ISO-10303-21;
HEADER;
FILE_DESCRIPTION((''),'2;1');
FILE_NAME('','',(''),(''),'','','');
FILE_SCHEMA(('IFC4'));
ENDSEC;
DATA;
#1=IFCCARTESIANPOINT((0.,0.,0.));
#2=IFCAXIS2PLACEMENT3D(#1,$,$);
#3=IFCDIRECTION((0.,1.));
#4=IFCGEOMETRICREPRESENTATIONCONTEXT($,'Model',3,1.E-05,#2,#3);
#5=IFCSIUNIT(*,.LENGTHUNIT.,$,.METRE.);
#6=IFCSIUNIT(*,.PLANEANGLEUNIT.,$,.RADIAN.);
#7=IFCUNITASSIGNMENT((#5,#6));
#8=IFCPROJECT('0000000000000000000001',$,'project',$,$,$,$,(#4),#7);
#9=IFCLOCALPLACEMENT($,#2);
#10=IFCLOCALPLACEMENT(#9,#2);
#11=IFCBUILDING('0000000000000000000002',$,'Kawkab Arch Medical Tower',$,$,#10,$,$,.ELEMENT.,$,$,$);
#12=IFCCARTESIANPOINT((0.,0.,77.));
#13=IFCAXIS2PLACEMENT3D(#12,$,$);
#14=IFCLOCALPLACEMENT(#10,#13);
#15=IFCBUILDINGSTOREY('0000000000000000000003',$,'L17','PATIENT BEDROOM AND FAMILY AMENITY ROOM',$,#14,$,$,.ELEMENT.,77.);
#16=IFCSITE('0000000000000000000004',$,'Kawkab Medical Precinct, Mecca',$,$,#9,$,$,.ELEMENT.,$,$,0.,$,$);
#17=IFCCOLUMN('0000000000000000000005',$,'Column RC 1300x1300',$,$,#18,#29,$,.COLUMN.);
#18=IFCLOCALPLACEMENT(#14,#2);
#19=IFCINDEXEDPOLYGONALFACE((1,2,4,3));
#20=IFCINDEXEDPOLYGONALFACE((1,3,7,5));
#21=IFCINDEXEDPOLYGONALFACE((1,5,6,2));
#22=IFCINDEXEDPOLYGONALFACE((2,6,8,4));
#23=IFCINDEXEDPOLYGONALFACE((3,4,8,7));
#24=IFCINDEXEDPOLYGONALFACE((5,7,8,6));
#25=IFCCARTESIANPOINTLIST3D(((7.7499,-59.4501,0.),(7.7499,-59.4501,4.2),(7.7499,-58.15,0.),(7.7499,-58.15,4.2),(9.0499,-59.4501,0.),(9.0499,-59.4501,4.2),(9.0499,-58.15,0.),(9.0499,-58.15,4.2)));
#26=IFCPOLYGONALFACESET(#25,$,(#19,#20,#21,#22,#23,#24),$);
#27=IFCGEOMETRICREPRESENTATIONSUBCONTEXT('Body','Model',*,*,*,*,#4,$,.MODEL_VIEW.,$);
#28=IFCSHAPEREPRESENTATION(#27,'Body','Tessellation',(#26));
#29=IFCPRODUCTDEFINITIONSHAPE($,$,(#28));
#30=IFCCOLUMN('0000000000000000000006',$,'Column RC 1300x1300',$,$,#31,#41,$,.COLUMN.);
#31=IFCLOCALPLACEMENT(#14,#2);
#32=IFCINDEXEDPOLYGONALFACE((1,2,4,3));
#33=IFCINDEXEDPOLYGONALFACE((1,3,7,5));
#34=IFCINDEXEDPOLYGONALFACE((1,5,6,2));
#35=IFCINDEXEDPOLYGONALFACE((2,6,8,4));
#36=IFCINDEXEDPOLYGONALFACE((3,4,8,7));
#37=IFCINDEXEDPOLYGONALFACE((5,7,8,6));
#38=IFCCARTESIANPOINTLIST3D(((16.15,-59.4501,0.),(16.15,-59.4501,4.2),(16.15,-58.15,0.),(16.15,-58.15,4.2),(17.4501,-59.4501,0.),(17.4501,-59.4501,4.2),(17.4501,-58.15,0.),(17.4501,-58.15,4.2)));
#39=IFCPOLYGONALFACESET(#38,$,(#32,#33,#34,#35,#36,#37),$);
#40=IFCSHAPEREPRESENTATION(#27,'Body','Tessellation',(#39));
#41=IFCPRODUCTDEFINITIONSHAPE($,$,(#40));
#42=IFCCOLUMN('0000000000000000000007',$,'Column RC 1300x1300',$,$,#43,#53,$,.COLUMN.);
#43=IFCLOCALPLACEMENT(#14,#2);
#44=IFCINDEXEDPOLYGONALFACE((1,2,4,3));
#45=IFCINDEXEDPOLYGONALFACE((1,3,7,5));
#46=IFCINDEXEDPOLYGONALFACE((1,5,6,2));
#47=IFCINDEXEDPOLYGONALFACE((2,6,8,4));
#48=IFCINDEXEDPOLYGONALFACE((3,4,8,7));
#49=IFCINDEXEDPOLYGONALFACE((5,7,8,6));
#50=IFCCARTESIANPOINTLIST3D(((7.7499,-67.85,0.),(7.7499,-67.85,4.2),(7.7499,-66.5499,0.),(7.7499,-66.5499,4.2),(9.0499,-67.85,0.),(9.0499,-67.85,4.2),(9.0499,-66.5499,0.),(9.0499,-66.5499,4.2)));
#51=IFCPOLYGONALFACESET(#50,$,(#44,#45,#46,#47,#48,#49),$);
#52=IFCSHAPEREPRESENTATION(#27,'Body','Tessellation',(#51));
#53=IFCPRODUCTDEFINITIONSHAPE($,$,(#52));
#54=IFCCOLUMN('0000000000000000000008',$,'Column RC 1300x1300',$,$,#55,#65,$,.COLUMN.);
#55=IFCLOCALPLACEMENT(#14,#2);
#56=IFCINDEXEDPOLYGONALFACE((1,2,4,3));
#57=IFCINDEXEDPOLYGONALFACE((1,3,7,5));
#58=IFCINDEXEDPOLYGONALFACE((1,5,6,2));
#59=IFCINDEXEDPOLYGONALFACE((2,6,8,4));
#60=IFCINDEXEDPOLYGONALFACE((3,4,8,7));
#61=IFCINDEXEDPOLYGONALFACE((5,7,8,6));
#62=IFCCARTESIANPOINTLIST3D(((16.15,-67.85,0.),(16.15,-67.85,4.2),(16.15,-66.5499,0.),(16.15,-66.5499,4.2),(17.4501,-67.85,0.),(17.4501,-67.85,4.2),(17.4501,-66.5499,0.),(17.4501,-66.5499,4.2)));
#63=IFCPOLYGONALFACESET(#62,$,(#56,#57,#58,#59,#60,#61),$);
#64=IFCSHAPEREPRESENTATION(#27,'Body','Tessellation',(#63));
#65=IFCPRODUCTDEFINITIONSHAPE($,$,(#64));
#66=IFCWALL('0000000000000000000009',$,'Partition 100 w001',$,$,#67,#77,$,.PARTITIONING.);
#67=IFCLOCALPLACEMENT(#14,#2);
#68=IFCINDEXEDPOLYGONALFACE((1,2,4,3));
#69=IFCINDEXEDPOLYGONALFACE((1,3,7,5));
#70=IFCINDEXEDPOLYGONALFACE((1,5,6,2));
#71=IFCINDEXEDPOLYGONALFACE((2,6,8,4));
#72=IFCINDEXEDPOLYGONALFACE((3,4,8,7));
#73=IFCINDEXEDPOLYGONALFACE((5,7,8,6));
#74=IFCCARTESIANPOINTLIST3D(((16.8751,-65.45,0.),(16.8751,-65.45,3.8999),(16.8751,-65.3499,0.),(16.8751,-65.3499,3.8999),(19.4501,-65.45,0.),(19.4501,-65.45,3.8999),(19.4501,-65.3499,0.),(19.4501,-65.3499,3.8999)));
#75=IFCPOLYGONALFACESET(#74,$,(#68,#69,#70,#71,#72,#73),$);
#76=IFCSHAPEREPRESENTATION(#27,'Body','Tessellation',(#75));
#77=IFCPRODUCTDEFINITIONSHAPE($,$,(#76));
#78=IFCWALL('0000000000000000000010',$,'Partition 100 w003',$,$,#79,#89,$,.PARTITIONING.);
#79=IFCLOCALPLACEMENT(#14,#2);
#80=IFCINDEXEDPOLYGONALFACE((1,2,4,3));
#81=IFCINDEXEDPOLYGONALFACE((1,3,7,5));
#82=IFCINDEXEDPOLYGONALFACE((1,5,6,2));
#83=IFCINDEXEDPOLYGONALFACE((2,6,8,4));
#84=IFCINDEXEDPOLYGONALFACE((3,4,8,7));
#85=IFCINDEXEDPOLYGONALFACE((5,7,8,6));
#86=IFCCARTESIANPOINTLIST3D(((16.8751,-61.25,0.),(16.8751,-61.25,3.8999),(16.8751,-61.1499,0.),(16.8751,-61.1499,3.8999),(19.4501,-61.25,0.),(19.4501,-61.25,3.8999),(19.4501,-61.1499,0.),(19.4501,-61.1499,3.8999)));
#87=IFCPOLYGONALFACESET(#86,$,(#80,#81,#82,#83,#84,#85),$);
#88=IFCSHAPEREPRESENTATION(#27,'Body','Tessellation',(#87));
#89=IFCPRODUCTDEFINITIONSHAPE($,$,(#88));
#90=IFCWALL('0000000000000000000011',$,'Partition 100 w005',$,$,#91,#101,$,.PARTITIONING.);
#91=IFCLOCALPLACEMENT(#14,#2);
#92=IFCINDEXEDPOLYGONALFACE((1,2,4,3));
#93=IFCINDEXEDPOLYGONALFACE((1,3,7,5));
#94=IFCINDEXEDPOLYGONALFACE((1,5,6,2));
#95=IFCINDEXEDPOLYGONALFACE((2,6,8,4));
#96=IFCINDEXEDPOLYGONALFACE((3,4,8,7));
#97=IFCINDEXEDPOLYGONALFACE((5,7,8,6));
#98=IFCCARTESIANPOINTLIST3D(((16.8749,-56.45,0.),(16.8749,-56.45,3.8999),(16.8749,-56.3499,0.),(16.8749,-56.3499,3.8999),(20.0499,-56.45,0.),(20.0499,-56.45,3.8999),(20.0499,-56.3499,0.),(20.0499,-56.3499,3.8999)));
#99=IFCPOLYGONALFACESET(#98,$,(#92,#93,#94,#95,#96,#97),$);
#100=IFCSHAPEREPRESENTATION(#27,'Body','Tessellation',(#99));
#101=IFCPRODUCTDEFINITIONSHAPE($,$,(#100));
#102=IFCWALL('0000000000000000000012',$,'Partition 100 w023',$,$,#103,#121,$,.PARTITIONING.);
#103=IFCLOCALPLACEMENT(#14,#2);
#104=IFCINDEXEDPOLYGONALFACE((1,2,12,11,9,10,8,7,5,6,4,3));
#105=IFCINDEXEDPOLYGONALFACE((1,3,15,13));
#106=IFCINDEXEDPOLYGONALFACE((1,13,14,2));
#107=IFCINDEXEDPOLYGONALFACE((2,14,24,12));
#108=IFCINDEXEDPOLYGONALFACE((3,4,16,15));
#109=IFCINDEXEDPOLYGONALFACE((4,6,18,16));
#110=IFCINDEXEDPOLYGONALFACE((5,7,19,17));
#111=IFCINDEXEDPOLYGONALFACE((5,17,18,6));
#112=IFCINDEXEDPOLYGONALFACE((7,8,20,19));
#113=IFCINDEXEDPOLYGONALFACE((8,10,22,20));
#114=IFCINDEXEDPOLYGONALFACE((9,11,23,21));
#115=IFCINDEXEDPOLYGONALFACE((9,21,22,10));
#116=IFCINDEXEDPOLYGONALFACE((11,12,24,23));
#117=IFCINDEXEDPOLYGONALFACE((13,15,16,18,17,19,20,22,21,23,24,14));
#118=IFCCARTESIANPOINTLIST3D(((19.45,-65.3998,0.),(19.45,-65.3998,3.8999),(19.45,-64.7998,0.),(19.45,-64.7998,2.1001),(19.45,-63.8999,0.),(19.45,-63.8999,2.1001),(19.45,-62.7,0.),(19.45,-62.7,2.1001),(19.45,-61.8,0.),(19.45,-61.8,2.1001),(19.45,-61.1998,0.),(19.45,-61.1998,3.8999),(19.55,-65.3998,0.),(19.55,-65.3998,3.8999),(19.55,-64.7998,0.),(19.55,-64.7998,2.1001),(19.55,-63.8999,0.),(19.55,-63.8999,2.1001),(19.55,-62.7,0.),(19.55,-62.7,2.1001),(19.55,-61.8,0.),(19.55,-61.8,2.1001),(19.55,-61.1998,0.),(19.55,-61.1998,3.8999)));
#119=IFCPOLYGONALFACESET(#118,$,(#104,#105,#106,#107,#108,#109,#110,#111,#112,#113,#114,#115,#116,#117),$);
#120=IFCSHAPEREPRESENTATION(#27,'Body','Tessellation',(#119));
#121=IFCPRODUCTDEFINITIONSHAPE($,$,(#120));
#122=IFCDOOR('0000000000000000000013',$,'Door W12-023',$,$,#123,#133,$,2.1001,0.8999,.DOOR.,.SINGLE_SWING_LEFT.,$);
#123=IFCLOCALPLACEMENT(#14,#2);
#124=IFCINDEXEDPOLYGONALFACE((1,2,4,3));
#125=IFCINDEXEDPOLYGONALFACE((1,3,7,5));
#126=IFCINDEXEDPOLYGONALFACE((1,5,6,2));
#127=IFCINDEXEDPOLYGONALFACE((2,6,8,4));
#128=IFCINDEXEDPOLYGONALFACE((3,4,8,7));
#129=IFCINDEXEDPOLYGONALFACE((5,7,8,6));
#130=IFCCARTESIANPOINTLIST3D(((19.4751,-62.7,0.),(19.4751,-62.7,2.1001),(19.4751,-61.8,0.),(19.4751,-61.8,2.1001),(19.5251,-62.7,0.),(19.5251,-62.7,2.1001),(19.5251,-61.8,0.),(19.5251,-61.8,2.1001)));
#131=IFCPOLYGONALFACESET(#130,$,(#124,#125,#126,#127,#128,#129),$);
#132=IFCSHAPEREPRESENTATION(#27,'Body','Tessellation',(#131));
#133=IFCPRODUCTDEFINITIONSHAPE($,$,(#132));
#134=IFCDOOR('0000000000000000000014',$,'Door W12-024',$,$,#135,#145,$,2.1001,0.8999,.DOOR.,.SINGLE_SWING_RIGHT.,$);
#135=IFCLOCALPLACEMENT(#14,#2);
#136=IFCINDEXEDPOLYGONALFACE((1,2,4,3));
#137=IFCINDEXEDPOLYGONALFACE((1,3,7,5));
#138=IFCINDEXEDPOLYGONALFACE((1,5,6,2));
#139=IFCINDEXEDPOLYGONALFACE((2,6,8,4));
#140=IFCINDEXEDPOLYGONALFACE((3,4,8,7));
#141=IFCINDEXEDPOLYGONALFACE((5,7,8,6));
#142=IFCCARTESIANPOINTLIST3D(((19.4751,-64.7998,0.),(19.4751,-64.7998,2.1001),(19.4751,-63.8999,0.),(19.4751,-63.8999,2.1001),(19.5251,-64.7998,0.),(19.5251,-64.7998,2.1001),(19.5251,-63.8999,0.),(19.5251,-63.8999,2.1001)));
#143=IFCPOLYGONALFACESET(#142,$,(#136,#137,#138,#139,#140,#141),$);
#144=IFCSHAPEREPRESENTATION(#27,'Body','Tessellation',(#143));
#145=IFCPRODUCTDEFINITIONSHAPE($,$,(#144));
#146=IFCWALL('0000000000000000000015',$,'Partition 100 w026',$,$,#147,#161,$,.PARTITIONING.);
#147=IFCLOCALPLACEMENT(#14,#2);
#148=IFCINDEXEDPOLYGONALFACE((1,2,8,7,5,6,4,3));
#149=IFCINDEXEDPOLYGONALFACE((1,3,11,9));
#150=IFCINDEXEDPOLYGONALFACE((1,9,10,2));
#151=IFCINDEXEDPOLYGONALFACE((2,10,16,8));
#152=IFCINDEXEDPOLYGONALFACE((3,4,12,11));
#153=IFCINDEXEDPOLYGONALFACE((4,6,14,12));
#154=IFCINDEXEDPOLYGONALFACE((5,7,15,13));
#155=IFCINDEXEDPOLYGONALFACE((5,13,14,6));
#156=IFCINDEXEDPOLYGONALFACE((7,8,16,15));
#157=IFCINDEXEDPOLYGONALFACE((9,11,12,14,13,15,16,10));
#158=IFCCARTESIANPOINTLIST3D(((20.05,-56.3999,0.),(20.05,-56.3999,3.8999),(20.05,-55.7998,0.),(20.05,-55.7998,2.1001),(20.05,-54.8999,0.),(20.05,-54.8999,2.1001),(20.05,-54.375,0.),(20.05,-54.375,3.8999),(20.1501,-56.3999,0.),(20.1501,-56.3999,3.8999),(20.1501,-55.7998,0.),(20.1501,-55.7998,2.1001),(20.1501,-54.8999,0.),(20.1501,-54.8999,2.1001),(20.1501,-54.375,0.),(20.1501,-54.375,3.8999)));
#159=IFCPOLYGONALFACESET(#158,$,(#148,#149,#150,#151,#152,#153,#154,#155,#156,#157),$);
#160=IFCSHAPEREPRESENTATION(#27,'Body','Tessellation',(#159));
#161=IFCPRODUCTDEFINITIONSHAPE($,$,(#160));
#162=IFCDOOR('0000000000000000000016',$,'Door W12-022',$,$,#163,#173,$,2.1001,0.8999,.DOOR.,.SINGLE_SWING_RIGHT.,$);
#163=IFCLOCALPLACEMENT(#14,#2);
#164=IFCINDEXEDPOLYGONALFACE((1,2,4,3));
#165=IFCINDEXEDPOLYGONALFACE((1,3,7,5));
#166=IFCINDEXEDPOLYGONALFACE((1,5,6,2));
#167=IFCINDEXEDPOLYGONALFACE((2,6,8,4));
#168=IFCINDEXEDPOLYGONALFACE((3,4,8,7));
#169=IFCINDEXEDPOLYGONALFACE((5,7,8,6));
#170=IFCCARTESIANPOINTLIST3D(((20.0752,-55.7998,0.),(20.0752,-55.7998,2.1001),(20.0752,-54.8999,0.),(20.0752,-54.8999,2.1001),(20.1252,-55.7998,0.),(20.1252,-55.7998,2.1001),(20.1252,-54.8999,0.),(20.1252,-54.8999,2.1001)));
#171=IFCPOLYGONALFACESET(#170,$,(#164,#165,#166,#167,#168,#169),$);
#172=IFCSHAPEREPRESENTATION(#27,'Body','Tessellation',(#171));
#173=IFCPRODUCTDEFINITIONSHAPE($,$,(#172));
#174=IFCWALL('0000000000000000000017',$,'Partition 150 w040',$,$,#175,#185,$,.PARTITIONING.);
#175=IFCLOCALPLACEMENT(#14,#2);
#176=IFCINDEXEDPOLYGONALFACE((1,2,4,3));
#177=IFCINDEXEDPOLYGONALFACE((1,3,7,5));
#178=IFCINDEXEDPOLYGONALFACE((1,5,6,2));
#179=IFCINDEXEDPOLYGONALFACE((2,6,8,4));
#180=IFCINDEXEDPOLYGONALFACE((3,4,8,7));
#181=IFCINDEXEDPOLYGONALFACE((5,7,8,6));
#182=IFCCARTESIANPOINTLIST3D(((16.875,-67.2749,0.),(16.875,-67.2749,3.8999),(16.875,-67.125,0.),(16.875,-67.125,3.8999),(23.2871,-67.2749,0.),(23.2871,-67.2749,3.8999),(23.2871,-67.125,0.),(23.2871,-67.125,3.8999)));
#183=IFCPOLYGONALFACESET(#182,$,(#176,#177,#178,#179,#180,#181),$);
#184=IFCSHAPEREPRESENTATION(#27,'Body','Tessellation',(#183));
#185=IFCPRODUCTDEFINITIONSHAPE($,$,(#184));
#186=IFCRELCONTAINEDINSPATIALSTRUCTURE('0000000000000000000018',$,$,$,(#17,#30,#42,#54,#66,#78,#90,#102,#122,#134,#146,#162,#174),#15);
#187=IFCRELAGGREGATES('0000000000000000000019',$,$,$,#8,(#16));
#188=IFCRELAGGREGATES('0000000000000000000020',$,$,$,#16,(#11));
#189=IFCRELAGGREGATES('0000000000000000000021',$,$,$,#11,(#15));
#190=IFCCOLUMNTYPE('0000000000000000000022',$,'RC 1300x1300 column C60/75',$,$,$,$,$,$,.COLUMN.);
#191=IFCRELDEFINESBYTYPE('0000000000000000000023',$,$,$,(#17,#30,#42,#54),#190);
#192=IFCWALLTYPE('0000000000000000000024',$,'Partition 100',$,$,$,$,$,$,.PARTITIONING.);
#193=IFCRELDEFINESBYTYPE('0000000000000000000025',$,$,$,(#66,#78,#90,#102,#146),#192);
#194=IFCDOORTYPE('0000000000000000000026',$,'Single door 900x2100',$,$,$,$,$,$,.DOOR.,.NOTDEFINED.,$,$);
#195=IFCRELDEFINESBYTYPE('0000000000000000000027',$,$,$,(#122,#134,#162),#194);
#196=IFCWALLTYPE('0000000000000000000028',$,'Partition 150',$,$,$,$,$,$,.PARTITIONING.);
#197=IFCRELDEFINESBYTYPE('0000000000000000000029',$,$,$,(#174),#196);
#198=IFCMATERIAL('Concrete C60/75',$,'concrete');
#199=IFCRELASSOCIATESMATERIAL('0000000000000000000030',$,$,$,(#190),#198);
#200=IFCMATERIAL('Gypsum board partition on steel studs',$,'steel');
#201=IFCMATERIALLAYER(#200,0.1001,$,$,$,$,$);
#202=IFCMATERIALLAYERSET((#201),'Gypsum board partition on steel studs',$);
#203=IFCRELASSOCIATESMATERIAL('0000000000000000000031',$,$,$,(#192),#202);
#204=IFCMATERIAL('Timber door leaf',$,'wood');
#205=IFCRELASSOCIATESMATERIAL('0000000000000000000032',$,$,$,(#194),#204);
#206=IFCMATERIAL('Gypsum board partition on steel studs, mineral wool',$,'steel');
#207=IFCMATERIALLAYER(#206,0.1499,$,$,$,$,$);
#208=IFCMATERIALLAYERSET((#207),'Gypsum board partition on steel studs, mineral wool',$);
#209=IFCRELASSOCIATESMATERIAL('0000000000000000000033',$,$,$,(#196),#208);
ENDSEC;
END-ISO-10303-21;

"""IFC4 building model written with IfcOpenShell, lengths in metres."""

from ifc_helpers import new_model, si_unit, direction, frame, frame_2d, origin, origin_2d, place, context, subcontext, project, spatial, rectangle, extrude, material, layer, layer_set, material_profile, profile_set, type_object, element, fill, save


model = new_model("IFC4")

# Units and contexts
model_context = context("Model", 3, precision=1e-05, world=origin(), true_north=direction((0.0, 1.0)))
body_context = subcontext(model_context, "Body", "Model", "MODEL_VIEW")
ifc_project = project(units=[si_unit("LENGTHUNIT", "METRE"), si_unit("PLANEANGLEUNIT", "RADIAN")], contexts=[model_context])

# Site, building, storey
site_placement = place(None, origin())
site = spatial("IfcSite", under=ifc_project, at=site_placement, Name="Kawkab Medical Precinct, Mecca", CompositionType="ELEMENT", RefElevation=0.0)
building_placement = place(site_placement, origin())
building = spatial("IfcBuilding", under=site, at=building_placement, Name="Kawkab Arch Medical Tower", CompositionType="ELEMENT")
storey_placement = place(building_placement, frame((0.0, 0.0, 77.0)))
storey = spatial("IfcBuildingStorey", under=building, at=storey_placement, Name="L17", Description="PATIENT BEDROOM AND FAMILY AMENITY ROOM", CompositionType="ELEMENT", Elevation=77.0)

# Columns
ifc_material_1 = material(Name="Concrete C60/75", Category="concrete")
ifc_material_profile = material_profile(ifc_material_1, rectangle(XDim=1.3, YDim=1.3, at=origin_2d()), Name="RC 1300x1300")
ifc_profile_set = profile_set([ifc_material_profile], Name="Concrete C60/75")
column_type = type_object("IfcColumnType", Name="RC 1300x1300 column C60/75", PredefinedType="COLUMN", material=ifc_profile_set)
for number, where, z_axis, x_axis, name in (
    (1, (8.3999, -58.8, 0.0), (0.0, 0.0, 1.0), (1.0, 0.0, 0.0), "Column RC 1300x1300"),
    (2, (16.8, -58.8, 0.0), (0.0, 0.0, 1.0), (1.0, 0.0, 0.0), "Column RC 1300x1300"),
    (3, (8.3999, -67.2, 0.0), (0.0, 0.0, 1.0), (1.0, 0.0, 0.0), "Column RC 1300x1300"),
    (4, (16.8, -67.2, 0.0), (0.0, 0.0, 1.0), (1.0, 0.0, 0.0), "Column RC 1300x1300"),
):
    element("IfcColumn", number, at=place(storey_placement, frame(where, z_axis=z_axis, x_axis=x_axis)), inside=storey, type_object=column_type, Name=name, PredefinedType="COLUMN", context=body_context, shape_type="SweptSolid", body=[
        extrude(rectangle(XDim=1.3, YDim=1.3, at=origin_2d()), origin(), (0.0, 0.0, 1.0), 4.2),
    ])

# Walls
ifc_material_2 = material(Name="Gypsum board partition on steel studs", Category="steel")
ifc_layer_1 = layer(ifc_material_2, 0.1001)
ifc_layer_set_1 = layer_set([ifc_layer_1], Name="Gypsum board partition on steel studs")
wall_type_1 = type_object("IfcWallType", Name="Partition 100", PredefinedType="PARTITIONING", material=ifc_layer_set_1)
for number, where, z_axis, x_axis, name in (
    (5, (16.875, -65.3999, 0.0), (0.0, 0.0, 1.0), (1.0, 0.0, 0.0), "Partition 100 w001"),
    (6, (16.875, -61.2, 0.0), (0.0, 0.0, 1.0), (1.0, 0.0, 0.0), "Partition 100 w003"),
):
    element("IfcWall", number, at=place(storey_placement, frame(where, z_axis=z_axis, x_axis=x_axis)), inside=storey, type_object=wall_type_1, Name=name, PredefinedType="PARTITIONING", context=body_context, shape_type="SweptSolid", body=[
        extrude(rectangle(XDim=2.575, YDim=0.1001, at=frame_2d((1.2876, 0.0))), origin(), (0.0, 0.0, 1.0), 3.8999),
    ])
wall_1_placement = place(storey_placement, frame((16.875, -56.3999, 0.0), z_axis=(0.0, 0.0, 1.0), x_axis=(1.0, 0.0, 0.0)))
element("IfcWall", 7, at=wall_1_placement, inside=storey, type_object=wall_type_1, Name="Partition 100 w005", PredefinedType="PARTITIONING", context=body_context, shape_type="SweptSolid", body=[
    extrude(rectangle(XDim=3.175, YDim=0.1001, at=frame_2d((1.5874, 0.0))), origin(), (0.0, 0.0, 1.0), 3.8999),
])

# Wall, openings, doors
wall_2_placement = place(storey_placement, frame((19.5, -65.3999, 0.0), z_axis=(0.0, 0.0, 1.0), x_axis=(0.0, 1.0, 0.0)))
wall_2 = element("IfcWall", 8, at=wall_2_placement, inside=storey, type_object=wall_type_1, Name="Partition 100 w023", PredefinedType="PARTITIONING", context=body_context, shape_type="SweptSolid", body=[
    extrude(rectangle(XDim=4.2, YDim=0.1001, at=frame_2d((2.1001, 0.0))), origin(), (0.0, 0.0, 1.0), 3.8999),
])
opening_1_placement = place(wall_2_placement, frame((2.7, 0.0, 0.0)))
opening_1 = element("IfcOpeningElement", 9, at=opening_1_placement, cuts=wall_2, PredefinedType="OPENING", context=body_context, shape_type="SweptSolid", body=[
    extrude(rectangle(XDim=0.8999, YDim=2.1001, at=frame_2d((0.45, 1.05))), frame((0.0, 0.0601, 0.0), z_axis=(0.0, -1.0, 0.0), x_axis=(1.0, 0.0, 0.0)), (0.0, 0.0, 1.0), 0.1201),
])
opening_2_placement = place(wall_2_placement, frame((0.6001, 0.0, 0.0)))
opening_2 = element("IfcOpeningElement", 10, at=opening_2_placement, cuts=wall_2, PredefinedType="OPENING", context=body_context, shape_type="SweptSolid", body=[
    extrude(rectangle(XDim=0.8999, YDim=2.1001, at=frame_2d((0.45, 1.05))), frame((0.0, 0.0601, 0.0), z_axis=(0.0, -1.0, 0.0), x_axis=(1.0, 0.0, 0.0)), (0.0, 0.0, 1.0), 0.1201),
])
ifc_material_3 = material(Name="Timber door leaf", Category="wood")
door_type_1 = type_object("IfcDoorType", Name="Single door 900x2100", OperationType="NOTDEFINED", PredefinedType="DOOR", material=ifc_material_3)
door_1_placement = place(opening_1_placement, origin())
door_1 = element("IfcDoor", 11, at=door_1_placement, inside=storey, type_object=door_type_1, Name="Door W12-023", OperationType="SINGLE_SWING_LEFT", OverallHeight=2.1001, OverallWidth=0.8999, PredefinedType="DOOR", context=body_context, shape_type="SweptSolid", body=[
    extrude(rectangle(XDim=0.8999, YDim=2.1001, at=frame_2d((0.45, 1.05))), frame((0.0, 0.0249, 0.0), z_axis=(0.0, -1.0, 0.0), x_axis=(1.0, 0.0, 0.0)), (0.0, 0.0, 1.0), 0.05),
])
fill(opening_1, door_1)
door_2_placement = place(opening_2_placement, origin())
door_2 = element("IfcDoor", 12, at=door_2_placement, inside=storey, type_object=door_type_1, Name="Door W12-024", OperationType="SINGLE_SWING_RIGHT", OverallHeight=2.1001, OverallWidth=0.8999, PredefinedType="DOOR", context=body_context, shape_type="SweptSolid", body=[
    extrude(rectangle(XDim=0.8999, YDim=2.1001, at=frame_2d((0.45, 1.05))), frame((0.0, 0.0249, 0.0), z_axis=(0.0, -1.0, 0.0), x_axis=(1.0, 0.0, 0.0)), (0.0, 0.0, 1.0), 0.05),
])
fill(opening_2, door_2)

# Wall, opening, door
wall_3_placement = place(storey_placement, frame((20.1001, -56.3999, 0.0), z_axis=(0.0, 0.0, 1.0), x_axis=(0.0, 1.0, 0.0)))
wall_3 = element("IfcWall", 13, at=wall_3_placement, inside=storey, type_object=wall_type_1, Name="Partition 100 w026", PredefinedType="PARTITIONING", context=body_context, shape_type="SweptSolid", body=[
    extrude(rectangle(XDim=2.0249, YDim=0.1001, at=frame_2d((1.0125, 0.0))), origin(), (0.0, 0.0, 1.0), 3.8999),
])
opening_3_placement = place(wall_3_placement, frame((0.6001, 0.0, 0.0)))
opening_3 = element("IfcOpeningElement", 14, at=opening_3_placement, cuts=wall_3, PredefinedType="OPENING", context=body_context, shape_type="SweptSolid", body=[
    extrude(rectangle(XDim=0.8999, YDim=2.1001, at=frame_2d((0.45, 1.05))), frame((0.0, 0.0601, 0.0), z_axis=(0.0, -1.0, 0.0), x_axis=(1.0, 0.0, 0.0)), (0.0, 0.0, 1.0), 0.1201),
])
door_3_placement = place(opening_3_placement, origin())
door_3 = element("IfcDoor", 15, at=door_3_placement, inside=storey, type_object=door_type_1, Name="Door W12-022", OperationType="SINGLE_SWING_RIGHT", OverallHeight=2.1001, OverallWidth=0.8999, PredefinedType="DOOR", context=body_context, shape_type="SweptSolid", body=[
    extrude(rectangle(XDim=0.8999, YDim=2.1001, at=frame_2d((0.45, 1.05))), frame((0.0, 0.0249, 0.0), z_axis=(0.0, -1.0, 0.0), x_axis=(1.0, 0.0, 0.0)), (0.0, 0.0, 1.0), 0.05),
])
fill(opening_3, door_3)

# Wall
ifc_material_4 = material(Name="Gypsum board partition on steel studs, mineral wool", Category="steel")
ifc_layer_2 = layer(ifc_material_4, 0.1499)
ifc_layer_set_2 = layer_set([ifc_layer_2], Name="Gypsum board partition on steel studs, mineral wool")
wall_type_2 = type_object("IfcWallType", Name="Partition 150", PredefinedType="PARTITIONING", material=ifc_layer_set_2)
wall_4_placement = place(storey_placement, frame((16.875, -67.2, 0.0), z_axis=(0.0, 0.0, 1.0), x_axis=(1.0, 0.0, 0.0)))
element("IfcWall", 16, at=wall_4_placement, inside=storey, type_object=wall_type_2, Name="Partition 150 w040", PredefinedType="PARTITIONING", context=body_context, shape_type="SweptSolid", body=[
    extrude(rectangle(XDim=6.4121, YDim=0.1499, at=frame_2d((3.2061, 0.0))), origin(), (0.0, 0.0, 1.0), 3.8999),
])

save(model, "model.ifc")
